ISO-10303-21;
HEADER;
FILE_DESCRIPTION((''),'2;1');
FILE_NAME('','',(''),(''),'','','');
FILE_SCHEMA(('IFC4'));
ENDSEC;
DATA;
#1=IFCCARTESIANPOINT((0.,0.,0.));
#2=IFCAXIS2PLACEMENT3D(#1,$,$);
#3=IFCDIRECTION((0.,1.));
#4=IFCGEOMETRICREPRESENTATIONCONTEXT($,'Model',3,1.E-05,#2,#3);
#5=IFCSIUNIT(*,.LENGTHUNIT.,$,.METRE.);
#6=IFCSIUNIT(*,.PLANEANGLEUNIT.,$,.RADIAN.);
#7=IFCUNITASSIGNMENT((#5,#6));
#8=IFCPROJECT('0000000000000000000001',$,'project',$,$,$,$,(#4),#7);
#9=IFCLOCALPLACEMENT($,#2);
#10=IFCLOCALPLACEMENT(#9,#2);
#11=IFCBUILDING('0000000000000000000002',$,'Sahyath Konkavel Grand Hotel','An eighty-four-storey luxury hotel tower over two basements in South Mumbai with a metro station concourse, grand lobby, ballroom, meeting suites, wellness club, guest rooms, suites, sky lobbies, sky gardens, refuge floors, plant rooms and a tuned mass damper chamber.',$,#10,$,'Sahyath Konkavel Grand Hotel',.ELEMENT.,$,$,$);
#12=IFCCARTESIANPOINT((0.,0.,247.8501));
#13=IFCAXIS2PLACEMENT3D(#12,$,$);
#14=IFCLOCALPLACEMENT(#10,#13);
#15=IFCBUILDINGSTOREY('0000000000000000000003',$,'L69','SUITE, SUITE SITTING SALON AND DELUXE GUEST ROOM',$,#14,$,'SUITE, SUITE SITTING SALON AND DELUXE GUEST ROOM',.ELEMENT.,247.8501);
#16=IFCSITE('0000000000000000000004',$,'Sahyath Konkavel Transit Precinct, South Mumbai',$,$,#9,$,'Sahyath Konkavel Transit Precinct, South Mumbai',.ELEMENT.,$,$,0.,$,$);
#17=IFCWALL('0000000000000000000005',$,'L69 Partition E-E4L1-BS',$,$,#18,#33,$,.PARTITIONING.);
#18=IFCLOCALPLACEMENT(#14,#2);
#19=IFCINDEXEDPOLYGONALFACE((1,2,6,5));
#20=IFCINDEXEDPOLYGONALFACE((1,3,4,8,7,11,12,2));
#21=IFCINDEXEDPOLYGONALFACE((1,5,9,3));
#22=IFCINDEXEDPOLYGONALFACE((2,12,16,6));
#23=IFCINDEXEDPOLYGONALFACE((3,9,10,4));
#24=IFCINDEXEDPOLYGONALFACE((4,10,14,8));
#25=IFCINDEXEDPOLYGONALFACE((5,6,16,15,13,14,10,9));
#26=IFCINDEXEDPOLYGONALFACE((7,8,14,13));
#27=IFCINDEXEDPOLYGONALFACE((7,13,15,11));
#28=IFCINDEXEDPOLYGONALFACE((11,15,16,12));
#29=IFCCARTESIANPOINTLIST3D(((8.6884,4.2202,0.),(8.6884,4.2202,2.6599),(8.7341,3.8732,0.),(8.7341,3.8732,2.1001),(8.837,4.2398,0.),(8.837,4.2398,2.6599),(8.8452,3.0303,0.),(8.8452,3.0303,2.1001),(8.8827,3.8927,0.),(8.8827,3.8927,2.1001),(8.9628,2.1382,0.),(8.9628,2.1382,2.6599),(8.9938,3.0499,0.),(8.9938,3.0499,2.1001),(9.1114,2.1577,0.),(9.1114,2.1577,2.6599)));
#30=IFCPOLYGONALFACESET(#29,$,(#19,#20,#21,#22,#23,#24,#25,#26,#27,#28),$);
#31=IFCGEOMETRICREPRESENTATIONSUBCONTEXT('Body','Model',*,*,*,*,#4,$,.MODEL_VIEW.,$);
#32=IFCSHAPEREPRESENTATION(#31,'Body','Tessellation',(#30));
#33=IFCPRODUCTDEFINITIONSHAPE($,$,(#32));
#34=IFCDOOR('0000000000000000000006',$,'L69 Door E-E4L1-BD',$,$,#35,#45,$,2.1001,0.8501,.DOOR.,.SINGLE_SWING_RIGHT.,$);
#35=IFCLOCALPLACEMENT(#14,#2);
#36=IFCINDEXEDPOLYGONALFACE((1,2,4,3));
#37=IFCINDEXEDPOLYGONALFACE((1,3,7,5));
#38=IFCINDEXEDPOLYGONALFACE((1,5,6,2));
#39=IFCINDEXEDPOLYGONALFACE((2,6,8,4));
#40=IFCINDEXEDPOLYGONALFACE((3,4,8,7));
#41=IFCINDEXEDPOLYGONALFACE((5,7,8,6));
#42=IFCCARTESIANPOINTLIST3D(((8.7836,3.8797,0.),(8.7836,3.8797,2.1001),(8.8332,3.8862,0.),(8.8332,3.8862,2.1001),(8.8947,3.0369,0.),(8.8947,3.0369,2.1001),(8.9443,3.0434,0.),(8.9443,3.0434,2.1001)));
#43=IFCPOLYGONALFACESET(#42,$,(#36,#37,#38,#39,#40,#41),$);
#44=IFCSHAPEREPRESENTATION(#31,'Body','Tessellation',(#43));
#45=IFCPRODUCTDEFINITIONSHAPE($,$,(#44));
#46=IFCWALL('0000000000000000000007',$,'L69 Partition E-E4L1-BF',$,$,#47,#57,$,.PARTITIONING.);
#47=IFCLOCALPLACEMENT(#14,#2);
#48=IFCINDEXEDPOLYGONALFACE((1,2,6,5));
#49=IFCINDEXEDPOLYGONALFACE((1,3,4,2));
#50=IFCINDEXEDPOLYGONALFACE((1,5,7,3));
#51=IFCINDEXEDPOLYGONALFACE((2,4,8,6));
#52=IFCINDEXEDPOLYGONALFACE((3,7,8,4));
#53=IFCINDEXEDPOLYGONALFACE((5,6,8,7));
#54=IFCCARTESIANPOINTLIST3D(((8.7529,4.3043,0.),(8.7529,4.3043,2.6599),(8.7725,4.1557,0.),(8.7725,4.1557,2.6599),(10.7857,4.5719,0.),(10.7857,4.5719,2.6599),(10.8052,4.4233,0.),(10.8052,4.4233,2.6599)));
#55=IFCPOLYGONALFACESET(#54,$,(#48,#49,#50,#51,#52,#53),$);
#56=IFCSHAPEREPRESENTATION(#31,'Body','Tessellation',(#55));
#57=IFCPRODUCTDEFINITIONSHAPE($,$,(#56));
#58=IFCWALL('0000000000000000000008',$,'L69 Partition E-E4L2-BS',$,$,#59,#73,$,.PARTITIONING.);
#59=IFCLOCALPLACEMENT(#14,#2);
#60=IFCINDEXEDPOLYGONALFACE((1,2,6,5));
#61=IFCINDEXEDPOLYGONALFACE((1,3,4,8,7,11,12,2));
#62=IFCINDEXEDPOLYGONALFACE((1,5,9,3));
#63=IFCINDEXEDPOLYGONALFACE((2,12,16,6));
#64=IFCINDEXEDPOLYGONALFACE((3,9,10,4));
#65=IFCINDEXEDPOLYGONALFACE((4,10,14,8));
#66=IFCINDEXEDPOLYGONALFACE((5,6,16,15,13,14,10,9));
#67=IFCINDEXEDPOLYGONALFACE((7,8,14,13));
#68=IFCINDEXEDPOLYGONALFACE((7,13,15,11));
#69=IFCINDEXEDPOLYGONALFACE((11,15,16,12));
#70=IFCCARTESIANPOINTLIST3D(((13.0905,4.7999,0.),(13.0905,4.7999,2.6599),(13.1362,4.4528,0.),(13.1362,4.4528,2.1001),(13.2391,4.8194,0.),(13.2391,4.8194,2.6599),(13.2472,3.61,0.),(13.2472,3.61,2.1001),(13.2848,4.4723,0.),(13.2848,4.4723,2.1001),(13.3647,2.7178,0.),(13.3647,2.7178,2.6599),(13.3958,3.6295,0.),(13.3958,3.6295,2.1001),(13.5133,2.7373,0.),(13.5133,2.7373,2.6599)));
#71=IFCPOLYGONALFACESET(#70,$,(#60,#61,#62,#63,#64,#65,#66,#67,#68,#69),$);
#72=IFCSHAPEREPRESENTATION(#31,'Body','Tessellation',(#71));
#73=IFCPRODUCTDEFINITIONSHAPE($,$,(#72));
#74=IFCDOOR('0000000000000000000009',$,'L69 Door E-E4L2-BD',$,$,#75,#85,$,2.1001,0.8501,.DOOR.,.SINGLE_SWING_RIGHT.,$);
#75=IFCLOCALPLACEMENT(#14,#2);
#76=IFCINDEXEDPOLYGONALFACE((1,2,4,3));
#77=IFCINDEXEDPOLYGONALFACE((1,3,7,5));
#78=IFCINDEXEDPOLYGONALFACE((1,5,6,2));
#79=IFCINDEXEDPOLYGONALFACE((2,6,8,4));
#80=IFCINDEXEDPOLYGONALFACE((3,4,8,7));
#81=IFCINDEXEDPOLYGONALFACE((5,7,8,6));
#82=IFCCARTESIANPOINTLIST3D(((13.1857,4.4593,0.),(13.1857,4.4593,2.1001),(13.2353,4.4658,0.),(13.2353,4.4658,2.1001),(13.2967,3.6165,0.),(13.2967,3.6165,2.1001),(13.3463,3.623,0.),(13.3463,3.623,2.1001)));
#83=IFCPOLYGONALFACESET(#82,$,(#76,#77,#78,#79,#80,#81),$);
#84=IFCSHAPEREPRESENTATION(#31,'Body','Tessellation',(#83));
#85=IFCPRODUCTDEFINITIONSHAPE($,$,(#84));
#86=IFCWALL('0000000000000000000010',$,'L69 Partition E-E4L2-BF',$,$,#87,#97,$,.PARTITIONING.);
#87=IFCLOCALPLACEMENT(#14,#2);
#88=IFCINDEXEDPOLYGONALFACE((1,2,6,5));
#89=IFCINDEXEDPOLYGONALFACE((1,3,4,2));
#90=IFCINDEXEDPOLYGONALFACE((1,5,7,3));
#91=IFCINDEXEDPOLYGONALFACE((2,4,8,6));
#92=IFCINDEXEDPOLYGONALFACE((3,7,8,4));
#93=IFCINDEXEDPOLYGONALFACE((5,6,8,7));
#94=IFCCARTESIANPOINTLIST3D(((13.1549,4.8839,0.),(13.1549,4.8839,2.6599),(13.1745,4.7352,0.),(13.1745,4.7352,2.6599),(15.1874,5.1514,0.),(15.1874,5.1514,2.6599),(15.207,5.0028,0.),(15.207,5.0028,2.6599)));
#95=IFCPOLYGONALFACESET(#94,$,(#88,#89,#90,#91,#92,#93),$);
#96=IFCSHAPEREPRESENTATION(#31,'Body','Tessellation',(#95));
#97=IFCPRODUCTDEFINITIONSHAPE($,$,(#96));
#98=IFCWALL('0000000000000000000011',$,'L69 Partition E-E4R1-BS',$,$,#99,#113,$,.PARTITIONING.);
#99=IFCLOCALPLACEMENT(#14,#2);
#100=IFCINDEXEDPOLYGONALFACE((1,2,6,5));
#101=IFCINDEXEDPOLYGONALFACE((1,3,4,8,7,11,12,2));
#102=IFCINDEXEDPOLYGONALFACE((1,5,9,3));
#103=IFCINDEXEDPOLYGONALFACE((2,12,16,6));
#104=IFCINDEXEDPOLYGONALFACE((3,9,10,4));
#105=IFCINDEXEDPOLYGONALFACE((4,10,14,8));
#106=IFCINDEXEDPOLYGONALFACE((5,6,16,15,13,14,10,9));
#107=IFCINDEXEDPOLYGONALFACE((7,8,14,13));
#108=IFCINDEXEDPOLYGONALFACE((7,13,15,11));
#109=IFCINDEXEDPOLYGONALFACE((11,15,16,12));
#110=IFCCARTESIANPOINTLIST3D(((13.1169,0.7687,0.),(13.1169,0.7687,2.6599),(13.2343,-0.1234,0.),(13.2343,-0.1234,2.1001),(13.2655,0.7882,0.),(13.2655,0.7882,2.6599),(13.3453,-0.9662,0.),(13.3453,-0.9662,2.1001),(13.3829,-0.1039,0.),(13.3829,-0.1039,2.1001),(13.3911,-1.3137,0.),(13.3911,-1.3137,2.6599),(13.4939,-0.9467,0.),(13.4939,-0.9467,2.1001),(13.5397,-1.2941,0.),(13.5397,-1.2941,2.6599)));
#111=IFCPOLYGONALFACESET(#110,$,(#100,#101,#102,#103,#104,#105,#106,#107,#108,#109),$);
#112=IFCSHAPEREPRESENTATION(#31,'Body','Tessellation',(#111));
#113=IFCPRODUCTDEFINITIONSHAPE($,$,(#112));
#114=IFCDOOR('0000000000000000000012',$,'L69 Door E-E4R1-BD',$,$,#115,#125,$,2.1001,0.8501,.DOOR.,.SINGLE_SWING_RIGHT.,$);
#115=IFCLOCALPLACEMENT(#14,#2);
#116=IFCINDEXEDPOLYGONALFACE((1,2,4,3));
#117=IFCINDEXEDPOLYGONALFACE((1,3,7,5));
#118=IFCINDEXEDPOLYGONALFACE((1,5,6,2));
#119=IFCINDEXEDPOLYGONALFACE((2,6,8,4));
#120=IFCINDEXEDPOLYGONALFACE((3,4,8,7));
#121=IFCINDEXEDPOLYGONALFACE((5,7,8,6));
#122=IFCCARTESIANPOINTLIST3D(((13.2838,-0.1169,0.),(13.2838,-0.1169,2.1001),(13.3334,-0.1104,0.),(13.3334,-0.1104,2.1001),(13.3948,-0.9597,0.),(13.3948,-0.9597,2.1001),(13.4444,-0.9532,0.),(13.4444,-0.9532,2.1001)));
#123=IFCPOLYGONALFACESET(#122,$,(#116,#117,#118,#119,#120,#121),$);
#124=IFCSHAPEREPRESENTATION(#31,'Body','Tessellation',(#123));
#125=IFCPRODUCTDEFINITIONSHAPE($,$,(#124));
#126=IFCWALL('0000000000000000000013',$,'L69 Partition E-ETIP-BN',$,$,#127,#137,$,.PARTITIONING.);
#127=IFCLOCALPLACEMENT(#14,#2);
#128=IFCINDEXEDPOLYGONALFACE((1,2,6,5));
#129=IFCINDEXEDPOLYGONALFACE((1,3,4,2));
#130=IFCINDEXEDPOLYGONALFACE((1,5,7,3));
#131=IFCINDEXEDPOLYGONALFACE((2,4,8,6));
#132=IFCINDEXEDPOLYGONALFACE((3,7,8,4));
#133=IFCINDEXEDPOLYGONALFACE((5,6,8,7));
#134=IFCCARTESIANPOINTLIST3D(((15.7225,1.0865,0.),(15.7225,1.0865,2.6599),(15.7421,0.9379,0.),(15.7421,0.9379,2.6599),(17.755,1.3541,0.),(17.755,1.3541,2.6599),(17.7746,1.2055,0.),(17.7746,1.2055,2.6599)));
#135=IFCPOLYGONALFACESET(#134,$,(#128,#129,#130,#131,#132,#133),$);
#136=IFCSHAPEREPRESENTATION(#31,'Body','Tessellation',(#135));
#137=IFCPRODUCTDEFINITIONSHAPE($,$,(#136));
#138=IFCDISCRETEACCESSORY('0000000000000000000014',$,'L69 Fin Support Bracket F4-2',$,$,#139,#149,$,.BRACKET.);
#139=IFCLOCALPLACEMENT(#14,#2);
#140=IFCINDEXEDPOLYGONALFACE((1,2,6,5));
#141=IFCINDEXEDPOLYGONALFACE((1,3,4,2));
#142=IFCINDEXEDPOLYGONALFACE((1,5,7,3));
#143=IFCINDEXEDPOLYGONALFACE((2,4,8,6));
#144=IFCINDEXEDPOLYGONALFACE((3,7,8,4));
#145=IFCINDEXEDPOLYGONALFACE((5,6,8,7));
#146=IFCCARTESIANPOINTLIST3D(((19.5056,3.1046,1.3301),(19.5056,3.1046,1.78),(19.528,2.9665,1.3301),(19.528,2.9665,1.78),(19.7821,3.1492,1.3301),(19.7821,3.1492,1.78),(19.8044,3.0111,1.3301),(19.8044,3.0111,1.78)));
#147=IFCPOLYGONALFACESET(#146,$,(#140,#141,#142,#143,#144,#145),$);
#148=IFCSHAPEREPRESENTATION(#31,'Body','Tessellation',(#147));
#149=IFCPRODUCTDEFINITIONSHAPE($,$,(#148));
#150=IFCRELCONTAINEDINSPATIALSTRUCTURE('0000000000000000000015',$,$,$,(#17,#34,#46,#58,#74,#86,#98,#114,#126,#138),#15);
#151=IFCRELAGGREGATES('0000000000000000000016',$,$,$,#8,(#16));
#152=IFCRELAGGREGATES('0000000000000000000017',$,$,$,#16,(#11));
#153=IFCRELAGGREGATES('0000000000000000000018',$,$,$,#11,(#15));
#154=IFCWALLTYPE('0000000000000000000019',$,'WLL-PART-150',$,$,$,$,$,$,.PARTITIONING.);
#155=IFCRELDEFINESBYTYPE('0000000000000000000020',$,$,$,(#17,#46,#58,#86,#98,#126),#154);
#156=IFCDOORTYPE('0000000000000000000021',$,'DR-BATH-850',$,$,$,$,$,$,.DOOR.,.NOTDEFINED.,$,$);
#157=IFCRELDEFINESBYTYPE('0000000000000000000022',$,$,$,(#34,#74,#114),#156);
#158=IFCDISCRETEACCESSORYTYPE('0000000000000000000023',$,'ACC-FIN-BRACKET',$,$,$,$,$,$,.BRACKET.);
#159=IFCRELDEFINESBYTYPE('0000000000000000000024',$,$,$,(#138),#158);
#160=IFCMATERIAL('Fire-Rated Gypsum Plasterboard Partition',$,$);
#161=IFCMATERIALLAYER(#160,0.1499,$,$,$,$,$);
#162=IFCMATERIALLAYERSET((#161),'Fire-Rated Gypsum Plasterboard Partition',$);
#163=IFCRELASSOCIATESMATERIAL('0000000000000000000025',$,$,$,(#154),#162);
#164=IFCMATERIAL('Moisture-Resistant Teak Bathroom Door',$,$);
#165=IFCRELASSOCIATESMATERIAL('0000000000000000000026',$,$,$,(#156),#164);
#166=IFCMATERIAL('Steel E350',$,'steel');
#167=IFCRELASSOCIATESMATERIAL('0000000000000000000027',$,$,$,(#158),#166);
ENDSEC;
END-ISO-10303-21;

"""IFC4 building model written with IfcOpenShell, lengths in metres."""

from ifc_helpers import new_model, si_unit, direction, frame, frame_2d, origin, origin_2d, place, context, subcontext, project, spatial, rectangle, extrude, source, transform, mapped, material, layer, layer_set, type_object, element, fill, save


model = new_model("IFC4")

# Units and contexts
model_context = context("Model", 3, precision=1e-05, world=origin(), true_north=direction((0.0, 1.0)))
body_context = subcontext(model_context, "Body", "Model", "MODEL_VIEW")
ifc_project = project(units=[si_unit("LENGTHUNIT", "METRE"), si_unit("PLANEANGLEUNIT", "RADIAN")], contexts=[model_context])

# Site, building, storey
site_placement = place(None, origin())
site = spatial("IfcSite", under=ifc_project, at=site_placement, Name="Sahyath Konkavel Transit Precinct, South Mumbai", LongName="Sahyath Konkavel Transit Precinct, South Mumbai", CompositionType="ELEMENT", RefElevation=0.0)
building_placement = place(site_placement, origin())
building = spatial("IfcBuilding", under=site, at=building_placement, Name="Sahyath Konkavel Grand Hotel", Description="An eighty-four-storey luxury hotel tower over two basements in South Mumbai with a metro station concourse, grand lobby, ballroom, meeting suites, wellness club, guest rooms, suites, sky lobbies, sky gardens, refuge floors, plant rooms and a tuned mass damper chamber.", LongName="Sahyath Konkavel Grand Hotel", CompositionType="ELEMENT")
storey_placement = place(building_placement, frame((0.0, 0.0, 247.8501)))
storey = spatial("IfcBuildingStorey", under=building, at=storey_placement, Name="L69", Description="SUITE, SUITE SITTING SALON AND DELUXE GUEST ROOM", LongName="SUITE, SUITE SITTING SALON AND DELUXE GUEST ROOM", CompositionType="ELEMENT", Elevation=247.8501)

# Shared definitions
ifc_material_1 = material(Name="Steel E350", Category="steel")

# Wall, opening, door
ifc_material_2 = material(Name="Fire-Rated Gypsum Plasterboard Partition")
ifc_layer_1 = layer(ifc_material_2, 0.1499)
ifc_layer_set_1 = layer_set([ifc_layer_1], Name="Fire-Rated Gypsum Plasterboard Partition")
wall_type_1 = type_object("IfcWallType", Name="WLL-PART-150", PredefinedType="PARTITIONING", material=ifc_layer_set_1)
shared_shape_1 = source(origin(), body_context, "Body", "SweptSolid", [
    extrude(rectangle(XDim=0.8501, YDim=0.05, at=origin_2d()), origin(), (0.0, 0.0, 1.0), 2.1001),
])
wall_1_placement = place(storey_placement, frame((9.0371, 2.1479, 0.0), z_axis=(0.0, 0.0, 1.0), x_axis=(-0.130671, 0.991426, 0.0)))
wall_1 = element("IfcWall", 1, at=wall_1_placement, inside=storey, type_object=wall_type_1, Name="L69 Partition E-E4L1-BS", PredefinedType="PARTITIONING", context=body_context, shape_type="SweptSolid", body=[
    extrude(rectangle(XDim=2.1001, YDim=0.1499, at=frame_2d((1.05, 0.0))), origin(), (0.0, 0.0, 1.0), 2.6599),
])
opening_1_placement = place(wall_1_placement, frame((0.8999, 0.0, 0.0)))
opening_1 = element("IfcOpeningElement", 2, at=opening_1_placement, cuts=wall_1, PredefinedType="OPENING", context=body_context, shape_type="SweptSolid", body=[
    extrude(rectangle(XDim=0.8501, YDim=2.1001, at=frame_2d((0.425, 1.05))), frame((0.0, 0.085, 0.0), z_axis=(0.0, -1.0, 0.0), x_axis=(1.0, 0.0, 0.0)), (0.0, 0.0, 1.0), 0.1699),
])
ifc_material_3 = material(Name="Moisture-Resistant Teak Bathroom Door")
door_type_1 = type_object("IfcDoorType", Name="DR-BATH-850", OperationType="NOTDEFINED", PredefinedType="DOOR", material=ifc_material_3)
door_1_placement = place(opening_1_placement, frame((0.425, 0.0, 0.0)))
door_1 = element("IfcDoor", 3, at=door_1_placement, inside=storey, type_object=door_type_1, Name="L69 Door E-E4L1-BD", OperationType="SINGLE_SWING_RIGHT", OverallHeight=2.1001, OverallWidth=0.8501, PredefinedType="DOOR", context=body_context, shape_type="MappedRepresentation", body=[
    mapped(shared_shape_1, transform((0.0, 0.0, 0.0), scale=1.0)),
])
fill(opening_1, door_1)

# Wall
wall_2_placement = place(storey_placement, frame((8.7627, 4.23, 0.0), z_axis=(0.0, 0.0, 1.0), x_axis=(0.991447, 0.13051, 0.0)))
element("IfcWall", 4, at=wall_2_placement, inside=storey, type_object=wall_type_1, Name="L69 Partition E-E4L1-BF", PredefinedType="PARTITIONING", context=body_context, shape_type="SweptSolid", body=[
    extrude(rectangle(XDim=2.0503, YDim=0.1499, at=frame_2d((1.0251, 0.0))), origin(), (0.0, 0.0, 1.0), 2.6599),
])

# Wall, opening, door
wall_3_placement = place(storey_placement, frame((13.439, 2.7275, 0.0), z_axis=(0.0, 0.0, 1.0), x_axis=(-0.130557, 0.991441, 0.0)))
wall_3 = element("IfcWall", 5, at=wall_3_placement, inside=storey, type_object=wall_type_1, Name="L69 Partition E-E4L2-BS", PredefinedType="PARTITIONING", context=body_context, shape_type="SweptSolid", body=[
    extrude(rectangle(XDim=2.1001, YDim=0.1499, at=frame_2d((1.05, 0.0))), origin(), (0.0, 0.0, 1.0), 2.6599),
])
opening_2_placement = place(wall_3_placement, frame((0.8999, 0.0, 0.0)))
opening_2 = element("IfcOpeningElement", 6, at=opening_2_placement, cuts=wall_3, PredefinedType="OPENING", context=body_context, shape_type="SweptSolid", body=[
    extrude(rectangle(XDim=0.8501, YDim=2.1001, at=frame_2d((0.425, 1.05))), frame((0.0, 0.085, 0.0), z_axis=(0.0, -1.0, 0.0), x_axis=(1.0, 0.0, 0.0)), (0.0, 0.0, 1.0), 0.1699),
])
door_2_placement = place(opening_2_placement, frame((0.425, 0.0, 0.0)))
door_2 = element("IfcDoor", 7, at=door_2_placement, inside=storey, type_object=door_type_1, Name="L69 Door E-E4L2-BD", OperationType="SINGLE_SWING_RIGHT", OverallHeight=2.1001, OverallWidth=0.8501, PredefinedType="DOOR", context=body_context, shape_type="MappedRepresentation", body=[
    mapped(shared_shape_1, transform((0.0, 0.0, 0.0), scale=1.0)),
])
fill(opening_2, door_2)

# Wall
wall_4_placement = place(storey_placement, frame((13.1648, 4.8096, 0.0), z_axis=(0.0, 0.0, 1.0), x_axis=(0.991445, 0.130525, 0.0)))
element("IfcWall", 8, at=wall_4_placement, inside=storey, type_object=wall_type_1, Name="L69 Partition E-E4L2-BF", PredefinedType="PARTITIONING", context=body_context, shape_type="SweptSolid", body=[
    extrude(rectangle(XDim=2.05, YDim=0.1499, at=frame_2d((1.0249, 0.0))), origin(), (0.0, 0.0, 1.0), 2.6599),
])

# Wall, opening, door
wall_5_placement = place(storey_placement, frame((13.1912, 0.7786, 0.0), z_axis=(0.0, 0.0, 1.0), x_axis=(0.130542, -0.991443, 0.0)))
wall_5 = element("IfcWall", 9, at=wall_5_placement, inside=storey, type_object=wall_type_1, Name="L69 Partition E-E4R1-BS", PredefinedType="PARTITIONING", context=body_context, shape_type="SweptSolid", body=[
    extrude(rectangle(XDim=2.1003, YDim=0.1499, at=frame_2d((1.0503, 0.0))), origin(), (0.0, 0.0, 1.0), 2.6599),
])
opening_3_placement = place(wall_5_placement, frame((0.8999, 0.0, 0.0)))
opening_3 = element("IfcOpeningElement", 10, at=opening_3_placement, cuts=wall_5, PredefinedType="OPENING", context=body_context, shape_type="SweptSolid", body=[
    extrude(rectangle(XDim=0.8501, YDim=2.1001, at=frame_2d((0.425, 1.05))), frame((0.0, 0.085, 0.0), z_axis=(0.0, -1.0, 0.0), x_axis=(1.0, 0.0, 0.0)), (0.0, 0.0, 1.0), 0.1699),
])
door_3_placement = place(opening_3_placement, frame((0.425, 0.0, 0.0)))
door_3 = element("IfcDoor", 11, at=door_3_placement, inside=storey, type_object=door_type_1, Name="L69 Door E-E4R1-BD", OperationType="SINGLE_SWING_RIGHT", OverallHeight=2.1001, OverallWidth=0.8501, PredefinedType="DOOR", context=body_context, shape_type="MappedRepresentation", body=[
    mapped(shared_shape_1, transform((0.0, 0.0, 0.0), scale=1.0)),
])
fill(opening_3, door_3)

# Wall
wall_6_placement = place(storey_placement, frame((15.7324, 1.0122, 0.0), z_axis=(0.0, 0.0, 1.0), x_axis=(0.991445, 0.130525, 0.0)))
element("IfcWall", 12, at=wall_6_placement, inside=storey, type_object=wall_type_1, Name="L69 Partition E-ETIP-BN", PredefinedType="PARTITIONING", context=body_context, shape_type="SweptSolid", body=[
    extrude(rectangle(XDim=2.05, YDim=0.1499, at=frame_2d((1.0249, 0.0))), origin(), (0.0, 0.0, 1.0), 2.6599),
])

# Discrete accessory
discrete_accessory_type = type_object("IfcDiscreteAccessoryType", Name="ACC-FIN-BRACKET", PredefinedType="BRACKET", material=ifc_material_1)
shared_shape_2 = source(origin(), body_context, "Body", "SweptSolid", [
    extrude(rectangle(XDim=0.28, YDim=0.1399, at=origin_2d()), origin(), (0.0, 0.0, 1.0), 0.45),
])
discrete_accessory_placement = place(storey_placement, frame((19.655, 3.0579, 1.3301), z_axis=(0.0, 0.0, 1.0), x_axis=(0.987192, 0.159537, 0.0)))
element("IfcDiscreteAccessory", 13, at=discrete_accessory_placement, inside=storey, type_object=discrete_accessory_type, Name="L69 Fin Support Bracket F4-2", PredefinedType="BRACKET", context=body_context, shape_type="MappedRepresentation", body=[
    mapped(shared_shape_2, transform((0.0, 0.0, 0.0), scale=1.0)),
])

save(model, "model.ifc")
